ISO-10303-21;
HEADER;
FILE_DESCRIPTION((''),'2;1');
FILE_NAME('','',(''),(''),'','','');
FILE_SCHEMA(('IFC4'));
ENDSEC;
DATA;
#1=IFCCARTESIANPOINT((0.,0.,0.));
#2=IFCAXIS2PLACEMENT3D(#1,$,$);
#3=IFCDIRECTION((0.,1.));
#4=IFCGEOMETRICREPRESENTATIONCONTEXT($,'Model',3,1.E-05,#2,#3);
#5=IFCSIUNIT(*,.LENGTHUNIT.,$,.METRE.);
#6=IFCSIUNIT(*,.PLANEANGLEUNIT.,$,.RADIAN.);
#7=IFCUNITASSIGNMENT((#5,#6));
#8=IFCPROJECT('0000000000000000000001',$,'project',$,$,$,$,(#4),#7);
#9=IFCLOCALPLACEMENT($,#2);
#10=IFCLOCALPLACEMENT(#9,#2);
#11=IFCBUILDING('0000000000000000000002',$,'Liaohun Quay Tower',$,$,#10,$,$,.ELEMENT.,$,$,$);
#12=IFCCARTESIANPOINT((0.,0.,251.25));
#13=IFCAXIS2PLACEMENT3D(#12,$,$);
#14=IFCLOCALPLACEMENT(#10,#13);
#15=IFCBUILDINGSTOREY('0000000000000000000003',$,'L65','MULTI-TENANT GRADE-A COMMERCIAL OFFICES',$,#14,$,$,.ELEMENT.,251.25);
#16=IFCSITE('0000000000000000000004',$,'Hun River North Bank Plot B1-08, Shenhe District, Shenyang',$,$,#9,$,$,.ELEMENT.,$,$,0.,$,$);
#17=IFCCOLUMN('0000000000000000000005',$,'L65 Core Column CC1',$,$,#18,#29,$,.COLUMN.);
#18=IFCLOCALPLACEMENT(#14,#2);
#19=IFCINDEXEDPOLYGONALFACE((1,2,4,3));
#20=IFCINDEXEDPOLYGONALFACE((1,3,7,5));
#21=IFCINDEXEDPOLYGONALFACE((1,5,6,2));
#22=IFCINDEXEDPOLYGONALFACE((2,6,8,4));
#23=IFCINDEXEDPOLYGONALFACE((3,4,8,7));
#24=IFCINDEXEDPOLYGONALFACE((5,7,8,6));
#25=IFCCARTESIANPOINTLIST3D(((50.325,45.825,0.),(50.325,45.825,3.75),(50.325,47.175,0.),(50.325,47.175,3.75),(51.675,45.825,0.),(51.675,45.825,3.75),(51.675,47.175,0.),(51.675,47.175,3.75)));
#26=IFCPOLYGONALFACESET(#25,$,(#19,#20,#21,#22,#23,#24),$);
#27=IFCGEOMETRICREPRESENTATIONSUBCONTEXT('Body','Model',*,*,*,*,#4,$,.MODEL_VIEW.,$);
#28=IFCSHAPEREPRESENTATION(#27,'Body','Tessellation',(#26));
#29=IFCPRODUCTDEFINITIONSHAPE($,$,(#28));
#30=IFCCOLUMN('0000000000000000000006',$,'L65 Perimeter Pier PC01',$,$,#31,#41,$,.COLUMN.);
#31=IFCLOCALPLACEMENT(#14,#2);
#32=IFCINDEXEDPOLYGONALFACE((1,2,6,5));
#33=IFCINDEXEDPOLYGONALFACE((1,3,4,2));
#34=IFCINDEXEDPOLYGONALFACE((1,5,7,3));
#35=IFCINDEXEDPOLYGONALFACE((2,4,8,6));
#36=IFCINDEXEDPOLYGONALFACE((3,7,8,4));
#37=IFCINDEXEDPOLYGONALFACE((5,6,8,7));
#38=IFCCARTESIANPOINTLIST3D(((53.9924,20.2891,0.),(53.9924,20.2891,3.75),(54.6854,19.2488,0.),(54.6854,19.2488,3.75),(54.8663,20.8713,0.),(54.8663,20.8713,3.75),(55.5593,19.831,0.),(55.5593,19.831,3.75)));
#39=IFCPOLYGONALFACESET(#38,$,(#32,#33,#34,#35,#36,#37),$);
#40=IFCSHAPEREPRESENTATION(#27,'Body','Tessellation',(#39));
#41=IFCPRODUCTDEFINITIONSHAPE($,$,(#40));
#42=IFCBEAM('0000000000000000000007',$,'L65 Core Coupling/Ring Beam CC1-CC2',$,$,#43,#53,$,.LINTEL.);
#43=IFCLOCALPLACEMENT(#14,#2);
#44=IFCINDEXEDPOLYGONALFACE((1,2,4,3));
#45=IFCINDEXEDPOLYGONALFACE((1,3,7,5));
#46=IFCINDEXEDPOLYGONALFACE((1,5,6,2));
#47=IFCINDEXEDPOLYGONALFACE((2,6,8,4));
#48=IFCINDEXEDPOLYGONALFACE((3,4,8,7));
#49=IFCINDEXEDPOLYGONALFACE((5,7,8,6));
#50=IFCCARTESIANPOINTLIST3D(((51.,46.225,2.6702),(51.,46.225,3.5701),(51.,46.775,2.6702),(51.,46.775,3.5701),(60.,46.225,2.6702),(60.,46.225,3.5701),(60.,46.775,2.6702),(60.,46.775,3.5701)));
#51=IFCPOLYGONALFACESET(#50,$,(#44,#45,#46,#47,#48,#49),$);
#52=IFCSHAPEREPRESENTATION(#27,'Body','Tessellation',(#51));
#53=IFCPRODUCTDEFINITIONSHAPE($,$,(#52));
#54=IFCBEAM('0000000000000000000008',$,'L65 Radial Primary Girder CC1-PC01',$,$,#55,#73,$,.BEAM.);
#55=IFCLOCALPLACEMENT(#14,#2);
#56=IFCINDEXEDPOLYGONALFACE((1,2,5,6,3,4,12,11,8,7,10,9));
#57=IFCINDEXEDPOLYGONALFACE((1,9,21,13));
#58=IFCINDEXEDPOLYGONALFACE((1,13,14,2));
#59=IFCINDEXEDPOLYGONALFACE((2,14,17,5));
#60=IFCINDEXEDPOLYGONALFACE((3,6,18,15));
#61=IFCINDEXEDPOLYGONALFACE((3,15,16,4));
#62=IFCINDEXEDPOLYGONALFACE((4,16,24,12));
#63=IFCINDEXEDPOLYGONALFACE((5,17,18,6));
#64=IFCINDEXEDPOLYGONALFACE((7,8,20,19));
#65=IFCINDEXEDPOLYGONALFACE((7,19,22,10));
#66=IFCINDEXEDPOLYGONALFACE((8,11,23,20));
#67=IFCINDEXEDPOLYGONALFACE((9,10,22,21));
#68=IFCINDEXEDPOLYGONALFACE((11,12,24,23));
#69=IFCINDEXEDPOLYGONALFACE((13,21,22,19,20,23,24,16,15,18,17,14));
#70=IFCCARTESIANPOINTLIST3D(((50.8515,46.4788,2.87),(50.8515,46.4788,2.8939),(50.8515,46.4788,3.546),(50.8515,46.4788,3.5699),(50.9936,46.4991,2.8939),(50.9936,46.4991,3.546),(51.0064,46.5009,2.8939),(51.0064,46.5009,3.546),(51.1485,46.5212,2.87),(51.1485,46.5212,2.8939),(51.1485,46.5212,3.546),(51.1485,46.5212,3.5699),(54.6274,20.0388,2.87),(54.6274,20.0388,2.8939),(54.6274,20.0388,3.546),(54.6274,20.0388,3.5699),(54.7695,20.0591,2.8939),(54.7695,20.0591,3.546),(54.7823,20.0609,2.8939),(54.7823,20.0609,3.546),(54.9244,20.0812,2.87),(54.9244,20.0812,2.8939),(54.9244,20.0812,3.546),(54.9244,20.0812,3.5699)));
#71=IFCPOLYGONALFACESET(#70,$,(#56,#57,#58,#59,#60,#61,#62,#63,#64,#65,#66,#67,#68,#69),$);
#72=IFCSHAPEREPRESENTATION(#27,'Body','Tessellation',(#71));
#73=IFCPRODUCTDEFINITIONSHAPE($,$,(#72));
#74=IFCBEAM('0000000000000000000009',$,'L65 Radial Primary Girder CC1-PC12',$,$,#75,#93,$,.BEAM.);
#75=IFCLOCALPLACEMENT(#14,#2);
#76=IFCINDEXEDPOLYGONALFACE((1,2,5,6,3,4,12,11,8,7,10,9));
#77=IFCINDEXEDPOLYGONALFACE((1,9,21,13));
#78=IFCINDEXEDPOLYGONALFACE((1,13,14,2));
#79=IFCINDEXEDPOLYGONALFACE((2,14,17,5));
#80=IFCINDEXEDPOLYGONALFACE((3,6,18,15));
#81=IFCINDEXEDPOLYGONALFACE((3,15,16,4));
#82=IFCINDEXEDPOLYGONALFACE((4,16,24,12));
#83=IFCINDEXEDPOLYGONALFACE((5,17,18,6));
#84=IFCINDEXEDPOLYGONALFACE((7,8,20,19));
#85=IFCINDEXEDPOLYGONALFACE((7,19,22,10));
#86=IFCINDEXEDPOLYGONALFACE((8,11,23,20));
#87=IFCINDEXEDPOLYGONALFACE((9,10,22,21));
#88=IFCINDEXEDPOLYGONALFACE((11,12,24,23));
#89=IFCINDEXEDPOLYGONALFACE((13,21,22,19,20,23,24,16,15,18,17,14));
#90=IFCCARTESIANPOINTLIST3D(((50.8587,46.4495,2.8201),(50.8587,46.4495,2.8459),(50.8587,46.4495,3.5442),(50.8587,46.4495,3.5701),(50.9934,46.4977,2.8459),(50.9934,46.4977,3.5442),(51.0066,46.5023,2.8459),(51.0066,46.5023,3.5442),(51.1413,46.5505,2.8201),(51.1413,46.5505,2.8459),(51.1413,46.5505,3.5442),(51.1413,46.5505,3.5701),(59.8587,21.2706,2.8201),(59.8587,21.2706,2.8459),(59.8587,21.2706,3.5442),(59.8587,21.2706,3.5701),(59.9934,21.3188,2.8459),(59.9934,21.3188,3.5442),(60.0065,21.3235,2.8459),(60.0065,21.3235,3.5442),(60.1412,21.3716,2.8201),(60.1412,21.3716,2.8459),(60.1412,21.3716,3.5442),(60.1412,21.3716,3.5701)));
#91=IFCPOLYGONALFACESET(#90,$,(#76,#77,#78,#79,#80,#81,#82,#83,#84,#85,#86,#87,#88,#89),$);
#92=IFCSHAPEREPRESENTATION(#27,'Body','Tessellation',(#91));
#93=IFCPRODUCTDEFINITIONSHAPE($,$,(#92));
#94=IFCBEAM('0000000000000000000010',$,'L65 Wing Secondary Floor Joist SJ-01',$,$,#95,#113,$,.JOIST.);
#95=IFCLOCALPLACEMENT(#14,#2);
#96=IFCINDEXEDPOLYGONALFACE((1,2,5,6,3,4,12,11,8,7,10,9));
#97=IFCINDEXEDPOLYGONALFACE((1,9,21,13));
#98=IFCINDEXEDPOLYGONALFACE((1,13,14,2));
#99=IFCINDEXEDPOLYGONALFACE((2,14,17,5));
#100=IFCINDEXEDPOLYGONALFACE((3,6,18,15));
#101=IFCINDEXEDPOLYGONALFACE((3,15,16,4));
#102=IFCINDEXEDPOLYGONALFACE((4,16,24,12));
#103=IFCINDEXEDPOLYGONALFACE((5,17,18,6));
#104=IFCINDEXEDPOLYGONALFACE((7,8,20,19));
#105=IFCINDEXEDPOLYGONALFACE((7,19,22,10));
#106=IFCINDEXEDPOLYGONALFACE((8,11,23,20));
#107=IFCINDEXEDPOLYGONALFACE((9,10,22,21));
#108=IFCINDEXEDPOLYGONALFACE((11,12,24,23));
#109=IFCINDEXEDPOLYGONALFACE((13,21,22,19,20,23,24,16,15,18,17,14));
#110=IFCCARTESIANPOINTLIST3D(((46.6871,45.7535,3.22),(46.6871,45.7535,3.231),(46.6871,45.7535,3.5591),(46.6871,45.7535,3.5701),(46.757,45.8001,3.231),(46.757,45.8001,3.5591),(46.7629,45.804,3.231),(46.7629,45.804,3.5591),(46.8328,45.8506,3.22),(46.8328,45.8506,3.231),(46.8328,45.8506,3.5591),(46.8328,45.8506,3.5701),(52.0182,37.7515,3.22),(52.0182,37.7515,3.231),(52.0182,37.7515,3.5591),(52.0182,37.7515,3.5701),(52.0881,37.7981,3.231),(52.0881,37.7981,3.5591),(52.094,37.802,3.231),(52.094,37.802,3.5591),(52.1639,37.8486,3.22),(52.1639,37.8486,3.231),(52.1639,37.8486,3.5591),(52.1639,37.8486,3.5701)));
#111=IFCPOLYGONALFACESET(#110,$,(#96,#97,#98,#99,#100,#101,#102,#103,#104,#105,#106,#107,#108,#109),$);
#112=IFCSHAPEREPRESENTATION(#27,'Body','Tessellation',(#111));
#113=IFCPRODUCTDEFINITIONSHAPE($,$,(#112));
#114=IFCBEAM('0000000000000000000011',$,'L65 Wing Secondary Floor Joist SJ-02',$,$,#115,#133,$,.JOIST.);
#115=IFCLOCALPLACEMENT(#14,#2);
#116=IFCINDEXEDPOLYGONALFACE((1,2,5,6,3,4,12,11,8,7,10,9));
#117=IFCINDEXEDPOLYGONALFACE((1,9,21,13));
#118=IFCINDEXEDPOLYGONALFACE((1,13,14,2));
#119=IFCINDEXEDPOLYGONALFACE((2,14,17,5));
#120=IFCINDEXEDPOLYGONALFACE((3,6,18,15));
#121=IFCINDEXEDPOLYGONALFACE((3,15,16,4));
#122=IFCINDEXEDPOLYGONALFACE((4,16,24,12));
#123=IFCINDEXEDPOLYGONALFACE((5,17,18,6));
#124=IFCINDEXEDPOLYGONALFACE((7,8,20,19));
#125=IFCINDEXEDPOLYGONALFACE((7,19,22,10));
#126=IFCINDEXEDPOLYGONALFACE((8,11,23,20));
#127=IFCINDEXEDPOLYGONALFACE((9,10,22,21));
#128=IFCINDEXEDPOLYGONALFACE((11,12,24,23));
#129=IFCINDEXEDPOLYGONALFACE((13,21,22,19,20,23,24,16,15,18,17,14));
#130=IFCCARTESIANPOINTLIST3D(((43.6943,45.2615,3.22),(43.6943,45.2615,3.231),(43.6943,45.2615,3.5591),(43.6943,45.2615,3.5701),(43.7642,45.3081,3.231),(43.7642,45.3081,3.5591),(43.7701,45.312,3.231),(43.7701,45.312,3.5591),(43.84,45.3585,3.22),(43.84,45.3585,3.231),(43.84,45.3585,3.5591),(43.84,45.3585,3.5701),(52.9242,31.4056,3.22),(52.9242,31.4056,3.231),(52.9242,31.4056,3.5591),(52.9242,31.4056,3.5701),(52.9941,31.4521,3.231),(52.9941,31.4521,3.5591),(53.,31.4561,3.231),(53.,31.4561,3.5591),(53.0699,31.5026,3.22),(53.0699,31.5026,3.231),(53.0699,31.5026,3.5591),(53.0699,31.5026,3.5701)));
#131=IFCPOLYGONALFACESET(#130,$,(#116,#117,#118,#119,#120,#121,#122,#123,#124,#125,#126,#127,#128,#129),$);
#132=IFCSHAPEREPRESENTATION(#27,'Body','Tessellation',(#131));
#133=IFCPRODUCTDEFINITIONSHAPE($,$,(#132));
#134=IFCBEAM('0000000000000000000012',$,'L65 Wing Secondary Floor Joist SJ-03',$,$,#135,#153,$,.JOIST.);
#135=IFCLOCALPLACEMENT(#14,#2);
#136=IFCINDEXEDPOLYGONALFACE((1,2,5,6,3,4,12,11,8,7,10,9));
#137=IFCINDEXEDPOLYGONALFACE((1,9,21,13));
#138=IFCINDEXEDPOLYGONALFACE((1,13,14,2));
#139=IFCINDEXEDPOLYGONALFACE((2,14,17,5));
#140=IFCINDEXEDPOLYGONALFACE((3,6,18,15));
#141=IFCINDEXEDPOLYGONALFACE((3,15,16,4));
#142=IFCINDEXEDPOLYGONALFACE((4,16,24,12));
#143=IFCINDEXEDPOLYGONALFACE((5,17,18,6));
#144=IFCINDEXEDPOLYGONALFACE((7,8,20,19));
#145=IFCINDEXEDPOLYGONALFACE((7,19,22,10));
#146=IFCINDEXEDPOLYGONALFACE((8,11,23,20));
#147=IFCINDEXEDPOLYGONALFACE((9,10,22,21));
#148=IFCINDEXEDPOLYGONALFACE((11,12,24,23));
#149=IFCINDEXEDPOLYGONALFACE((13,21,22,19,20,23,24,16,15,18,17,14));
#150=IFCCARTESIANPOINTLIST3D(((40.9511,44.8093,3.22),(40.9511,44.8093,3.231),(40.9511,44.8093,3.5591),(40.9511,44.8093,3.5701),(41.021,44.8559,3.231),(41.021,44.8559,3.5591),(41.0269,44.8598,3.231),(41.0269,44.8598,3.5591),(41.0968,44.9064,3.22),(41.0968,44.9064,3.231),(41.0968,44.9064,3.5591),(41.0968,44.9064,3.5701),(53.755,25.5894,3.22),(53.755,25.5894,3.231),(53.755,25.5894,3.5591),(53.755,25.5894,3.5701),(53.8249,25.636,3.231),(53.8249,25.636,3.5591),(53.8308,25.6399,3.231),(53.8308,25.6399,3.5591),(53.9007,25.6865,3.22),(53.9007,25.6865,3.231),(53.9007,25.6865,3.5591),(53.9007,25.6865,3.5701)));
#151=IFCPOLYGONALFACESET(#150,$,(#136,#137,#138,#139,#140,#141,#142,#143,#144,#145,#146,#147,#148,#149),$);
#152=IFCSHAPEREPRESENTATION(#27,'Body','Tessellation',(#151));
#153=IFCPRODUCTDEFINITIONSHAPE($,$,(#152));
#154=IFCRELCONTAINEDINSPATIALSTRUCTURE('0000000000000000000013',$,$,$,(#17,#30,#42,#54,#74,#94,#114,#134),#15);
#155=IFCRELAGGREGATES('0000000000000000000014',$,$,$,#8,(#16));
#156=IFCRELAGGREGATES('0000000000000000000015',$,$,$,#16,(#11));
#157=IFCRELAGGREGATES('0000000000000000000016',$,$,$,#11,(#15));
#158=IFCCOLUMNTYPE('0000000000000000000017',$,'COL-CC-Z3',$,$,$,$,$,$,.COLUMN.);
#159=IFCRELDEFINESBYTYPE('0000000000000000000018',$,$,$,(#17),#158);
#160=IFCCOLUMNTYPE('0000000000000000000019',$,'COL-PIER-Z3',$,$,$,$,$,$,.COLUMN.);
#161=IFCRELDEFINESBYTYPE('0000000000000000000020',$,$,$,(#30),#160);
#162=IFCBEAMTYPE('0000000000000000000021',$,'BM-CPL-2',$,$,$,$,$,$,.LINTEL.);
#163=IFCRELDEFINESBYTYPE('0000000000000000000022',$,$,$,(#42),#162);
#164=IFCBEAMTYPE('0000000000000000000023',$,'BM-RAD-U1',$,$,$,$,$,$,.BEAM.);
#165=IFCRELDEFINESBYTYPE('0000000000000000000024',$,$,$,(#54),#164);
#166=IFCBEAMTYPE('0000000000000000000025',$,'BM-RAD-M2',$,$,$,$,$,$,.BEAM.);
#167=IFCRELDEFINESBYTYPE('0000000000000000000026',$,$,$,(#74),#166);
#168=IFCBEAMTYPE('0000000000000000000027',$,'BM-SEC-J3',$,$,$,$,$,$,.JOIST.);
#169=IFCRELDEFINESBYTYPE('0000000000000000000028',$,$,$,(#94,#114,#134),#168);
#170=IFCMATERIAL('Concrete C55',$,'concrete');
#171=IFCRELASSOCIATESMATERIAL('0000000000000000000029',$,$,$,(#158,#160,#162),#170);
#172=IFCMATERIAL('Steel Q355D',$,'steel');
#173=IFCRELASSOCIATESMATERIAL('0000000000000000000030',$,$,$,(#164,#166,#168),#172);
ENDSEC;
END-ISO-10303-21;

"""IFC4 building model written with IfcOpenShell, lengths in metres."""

from ifc_helpers import new_model, si_unit, direction, frame, origin, origin_2d, place, context, subcontext, project, spatial, rectangle, i_section, extrude, source, transform, mapped, material, material_profile, profile_set, type_object, element, save


model = new_model("IFC4")

# Units and contexts
model_context = context("Model", 3, precision=1e-05, world=origin(), true_north=direction((0.0, 1.0)))
body_context = subcontext(model_context, "Body", "Model", "MODEL_VIEW")
ifc_project = project(units=[si_unit("LENGTHUNIT", "METRE"), si_unit("PLANEANGLEUNIT", "RADIAN")], contexts=[model_context])

# Site, building, storey
site_placement = place(None, origin())
site = spatial("IfcSite", under=ifc_project, at=site_placement, Name="Hun River North Bank Plot B1-08, Shenhe District, Shenyang", CompositionType="ELEMENT", RefElevation=0.0)
building_placement = place(site_placement, origin())
building = spatial("IfcBuilding", under=site, at=building_placement, Name="Liaohun Quay Tower", CompositionType="ELEMENT")
storey_placement = place(building_placement, frame((0.0, 0.0, 251.25)))
storey = spatial("IfcBuildingStorey", under=building, at=storey_placement, Name="L65", Description="MULTI-TENANT GRADE-A COMMERCIAL OFFICES", CompositionType="ELEMENT", Elevation=251.25)

# Columns
ifc_material_1 = material(Name="Concrete C55", Category="concrete")
ifc_material_profile_1 = material_profile(ifc_material_1, rectangle(XDim=1.3501, YDim=1.3501, at=origin_2d()), Name="RC1350x1350")
ifc_profile_set_1 = profile_set([ifc_material_profile_1], Name="Concrete C55")
column_type_1 = type_object("IfcColumnType", Name="COL-CC-Z3", PredefinedType="COLUMN", material=ifc_profile_set_1)
shared_shape_1 = source(origin(), body_context, "Body", "SweptSolid", [
    extrude(rectangle(XDim=1.3501, YDim=1.3501, at=origin_2d()), origin(), (0.0, 0.0, 1.0), 3.75),
])
column_1_placement = place(storey_placement, frame((51.0, 46.5, 0.0), z_axis=(0.0, 0.0, 1.0), x_axis=(1.0, 0.0, 0.0)))
element("IfcColumn", 1, at=column_1_placement, inside=storey, type_object=column_type_1, Name="L65 Core Column CC1", PredefinedType="COLUMN", context=body_context, shape_type="MappedRepresentation", body=[
    mapped(shared_shape_1, transform((0.0, 0.0, 0.0), x_axis=(1.0, 0.0, 0.0), y_axis=(0.0, 1.0, 0.0), z_axis=(0.0, 0.0, 1.0), scale=1.0)),
])
ifc_material_profile_2 = material_profile(ifc_material_1, rectangle(XDim=1.25, YDim=1.05, at=origin_2d()), Name="RC1250x1050")
ifc_profile_set_2 = profile_set([ifc_material_profile_2], Name="Concrete C55")
column_type_2 = type_object("IfcColumnType", Name="COL-PIER-Z3", PredefinedType="COLUMN", material=ifc_profile_set_2)
shared_shape_2 = source(origin(), body_context, "Body", "SweptSolid", [
    extrude(rectangle(XDim=1.25, YDim=1.05, at=origin_2d()), origin(), (0.0, 0.0, 1.0), 3.75),
])
column_2_placement = place(storey_placement, frame((54.7759, 20.0601, 0.0), z_axis=(0.0, 0.0, 1.0), x_axis=(-0.554409, 0.832245, 0.0)))
element("IfcColumn", 2, at=column_2_placement, inside=storey, type_object=column_type_2, Name="L65 Perimeter Pier PC01", PredefinedType="COLUMN", context=body_context, shape_type="MappedRepresentation", body=[
    mapped(shared_shape_2, transform((0.0, 0.0, 0.0), x_axis=(1.0, 0.0, 0.0), y_axis=(0.0, 1.0, 0.0), z_axis=(0.0, 0.0, 1.0), scale=1.0)),
])

# Beams
ifc_material_profile_3 = material_profile(ifc_material_1, rectangle(XDim=0.55, YDim=0.8999, at=origin_2d()), Name="RC550x900")
ifc_profile_set_3 = profile_set([ifc_material_profile_3], Name="Concrete C55")
beam_type_1 = type_object("IfcBeamType", Name="BM-CPL-2", PredefinedType="LINTEL", material=ifc_profile_set_3)
shared_shape_3 = source(origin(), body_context, "Body", "SweptSolid", [
    extrude(rectangle(XDim=0.55, YDim=0.8999, at=origin_2d()), origin(), (0.0, 0.0, 1.0), 9.0),
])
beam_1_placement = place(storey_placement, frame((51.0, 46.5, 3.1201), z_axis=(1.0, 0.0, 0.0), x_axis=(0.0, 1.0, 0.0)))
element("IfcBeam", 3, at=beam_1_placement, inside=storey, type_object=beam_type_1, Name="L65 Core Coupling/Ring Beam CC1-CC2", PredefinedType="LINTEL", context=body_context, shape_type="MappedRepresentation", body=[
    mapped(shared_shape_3, transform((0.0, 0.0, 0.0), x_axis=(1.0, 0.0, 0.0), y_axis=(0.0, 1.0, 0.0), z_axis=(0.0, 0.0, 1.0), scale=1.0)),
])
ifc_material_2 = material(Name="Steel Q355D", Category="steel")
ifc_material_profile_4 = material_profile(ifc_material_2, i_section(OverallWidth=0.3, OverallDepth=0.7, WebThickness=0.0129, FlangeThickness=0.0239, at=origin_2d()), Name="HN700x300x13x24")
ifc_profile_set_4 = profile_set([ifc_material_profile_4], Name="Steel Q355D")
beam_type_2 = type_object("IfcBeamType", Name="BM-RAD-U1", PredefinedType="BEAM", material=ifc_profile_set_4)
shared_shape_4 = source(origin(), body_context, "Body", "SweptSolid", [
    extrude(i_section(OverallWidth=0.3, OverallDepth=0.7, WebThickness=0.0129, FlangeThickness=0.0239, at=origin_2d()), origin(), (0.0, 0.0, 1.0), 26.7083),
])
beam_2_placement = place(storey_placement, frame((51.0, 46.5, 3.22), z_axis=(0.141375, -0.989956, 0.0), x_axis=(0.989956, 0.141375, 0.0)))
element("IfcBeam", 4, at=beam_2_placement, inside=storey, type_object=beam_type_2, Name="L65 Radial Primary Girder CC1-PC01", PredefinedType="BEAM", context=body_context, shape_type="MappedRepresentation", body=[
    mapped(shared_shape_4, transform((0.0, 0.0, 0.0), x_axis=(1.0, 0.0, 0.0), y_axis=(0.0, 1.0, 0.0), z_axis=(0.0, 0.0, 1.0), scale=1.0)),
])
ifc_material_profile_5 = material_profile(ifc_material_2, i_section(OverallWidth=0.3, OverallDepth=0.75, WebThickness=0.0139, FlangeThickness=0.0259, at=origin_2d()), Name="HN750x300x14x26")
ifc_profile_set_5 = profile_set([ifc_material_profile_5], Name="Steel Q355D")
beam_type_3 = type_object("IfcBeamType", Name="BM-RAD-M2", PredefinedType="BEAM", material=ifc_profile_set_5)
shared_shape_5 = source(origin(), body_context, "Body", "SweptSolid", [
    extrude(i_section(OverallWidth=0.3, OverallDepth=0.75, WebThickness=0.0139, FlangeThickness=0.0259, at=origin_2d()), origin(), (0.0, 0.0, 1.0), 26.739),
])
beam_3_placement = place(storey_placement, frame((51.0, 46.5, 3.1951), z_axis=(0.336586, -0.941653, 0.0), x_axis=(0.941653, 0.336586, 0.0)))
element("IfcBeam", 5, at=beam_3_placement, inside=storey, type_object=beam_type_3, Name="L65 Radial Primary Girder CC1-PC12", PredefinedType="BEAM", context=body_context, shape_type="MappedRepresentation", body=[
    mapped(shared_shape_5, transform((0.0, 0.0, 0.0), x_axis=(1.0, 0.0, 0.0), y_axis=(0.0, 1.0, 0.0), z_axis=(0.0, 0.0, 1.0), scale=1.0)),
])
ifc_material_profile_6 = material_profile(ifc_material_2, i_section(OverallWidth=0.175, OverallDepth=0.3501, WebThickness=0.0071, FlangeThickness=0.011, at=origin_2d()), Name="HN350x175x7x11")
ifc_profile_set_6 = profile_set([ifc_material_profile_6], Name="Steel Q355D")
beam_type_4 = type_object("IfcBeamType", Name="BM-SEC-J3", PredefinedType="JOIST", material=ifc_profile_set_6)
shared_shape_6 = source(origin(), body_context, "Body", "SweptSolid", [
    extrude(i_section(OverallWidth=0.175, OverallDepth=0.3501, WebThickness=0.0071, FlangeThickness=0.011, at=origin_2d()), origin(), (0.0, 0.0, 1.0), 9.6152),
])
beam_4_placement = place(storey_placement, frame((52.0911, 37.8, 3.395), z_axis=(-0.554442, 0.832222, 0.0), x_axis=(-0.832222, -0.554442, 0.0)))
element("IfcBeam", 6, at=beam_4_placement, inside=storey, type_object=beam_type_4, Name="L65 Wing Secondary Floor Joist SJ-01", PredefinedType="JOIST", context=body_context, shape_type="MappedRepresentation", body=[
    mapped(shared_shape_6, transform((0.0, 0.0, 0.0), x_axis=(1.0, 0.0, 0.0), y_axis=(0.0, 1.0, 0.0), z_axis=(0.0, 0.0, 1.0), scale=1.0)),
])
shared_shape_7 = source(origin(), body_context, "Body", "SweptSolid", [
    extrude(i_section(OverallWidth=0.175, OverallDepth=0.3501, WebThickness=0.0071, FlangeThickness=0.011, at=origin_2d()), origin(), (0.0, 0.0, 1.0), 16.6487),
])
beam_5_placement = place(storey_placement, frame((52.9971, 31.4541, 3.395), z_axis=(-0.554396, 0.832253, 0.0), x_axis=(-0.832253, -0.554396, 0.0)))
element("IfcBeam", 7, at=beam_5_placement, inside=storey, type_object=beam_type_4, Name="L65 Wing Secondary Floor Joist SJ-02", PredefinedType="JOIST", context=body_context, shape_type="MappedRepresentation", body=[
    mapped(shared_shape_7, transform((0.0, 0.0, 0.0), x_axis=(1.0, 0.0, 0.0), y_axis=(0.0, 1.0, 0.0), z_axis=(0.0, 0.0, 1.0), scale=1.0)),
])
shared_shape_8 = source(origin(), body_context, "Body", "SweptSolid", [
    extrude(i_section(OverallWidth=0.175, OverallDepth=0.3501, WebThickness=0.0071, FlangeThickness=0.011, at=origin_2d()), origin(), (0.0, 0.0, 1.0), 23.0942),
])
beam_6_placement = place(storey_placement, frame((53.8279, 25.6379, 3.395), z_axis=(-0.55442, 0.832237, 0.0), x_axis=(-0.832237, -0.55442, 0.0)))
element("IfcBeam", 8, at=beam_6_placement, inside=storey, type_object=beam_type_4, Name="L65 Wing Secondary Floor Joist SJ-03", PredefinedType="JOIST", context=body_context, shape_type="MappedRepresentation", body=[
    mapped(shared_shape_8, transform((0.0, 0.0, 0.0), x_axis=(1.0, 0.0, 0.0), y_axis=(0.0, 1.0, 0.0), z_axis=(0.0, 0.0, 1.0), scale=1.0)),
])

save(model, "model.ifc")
